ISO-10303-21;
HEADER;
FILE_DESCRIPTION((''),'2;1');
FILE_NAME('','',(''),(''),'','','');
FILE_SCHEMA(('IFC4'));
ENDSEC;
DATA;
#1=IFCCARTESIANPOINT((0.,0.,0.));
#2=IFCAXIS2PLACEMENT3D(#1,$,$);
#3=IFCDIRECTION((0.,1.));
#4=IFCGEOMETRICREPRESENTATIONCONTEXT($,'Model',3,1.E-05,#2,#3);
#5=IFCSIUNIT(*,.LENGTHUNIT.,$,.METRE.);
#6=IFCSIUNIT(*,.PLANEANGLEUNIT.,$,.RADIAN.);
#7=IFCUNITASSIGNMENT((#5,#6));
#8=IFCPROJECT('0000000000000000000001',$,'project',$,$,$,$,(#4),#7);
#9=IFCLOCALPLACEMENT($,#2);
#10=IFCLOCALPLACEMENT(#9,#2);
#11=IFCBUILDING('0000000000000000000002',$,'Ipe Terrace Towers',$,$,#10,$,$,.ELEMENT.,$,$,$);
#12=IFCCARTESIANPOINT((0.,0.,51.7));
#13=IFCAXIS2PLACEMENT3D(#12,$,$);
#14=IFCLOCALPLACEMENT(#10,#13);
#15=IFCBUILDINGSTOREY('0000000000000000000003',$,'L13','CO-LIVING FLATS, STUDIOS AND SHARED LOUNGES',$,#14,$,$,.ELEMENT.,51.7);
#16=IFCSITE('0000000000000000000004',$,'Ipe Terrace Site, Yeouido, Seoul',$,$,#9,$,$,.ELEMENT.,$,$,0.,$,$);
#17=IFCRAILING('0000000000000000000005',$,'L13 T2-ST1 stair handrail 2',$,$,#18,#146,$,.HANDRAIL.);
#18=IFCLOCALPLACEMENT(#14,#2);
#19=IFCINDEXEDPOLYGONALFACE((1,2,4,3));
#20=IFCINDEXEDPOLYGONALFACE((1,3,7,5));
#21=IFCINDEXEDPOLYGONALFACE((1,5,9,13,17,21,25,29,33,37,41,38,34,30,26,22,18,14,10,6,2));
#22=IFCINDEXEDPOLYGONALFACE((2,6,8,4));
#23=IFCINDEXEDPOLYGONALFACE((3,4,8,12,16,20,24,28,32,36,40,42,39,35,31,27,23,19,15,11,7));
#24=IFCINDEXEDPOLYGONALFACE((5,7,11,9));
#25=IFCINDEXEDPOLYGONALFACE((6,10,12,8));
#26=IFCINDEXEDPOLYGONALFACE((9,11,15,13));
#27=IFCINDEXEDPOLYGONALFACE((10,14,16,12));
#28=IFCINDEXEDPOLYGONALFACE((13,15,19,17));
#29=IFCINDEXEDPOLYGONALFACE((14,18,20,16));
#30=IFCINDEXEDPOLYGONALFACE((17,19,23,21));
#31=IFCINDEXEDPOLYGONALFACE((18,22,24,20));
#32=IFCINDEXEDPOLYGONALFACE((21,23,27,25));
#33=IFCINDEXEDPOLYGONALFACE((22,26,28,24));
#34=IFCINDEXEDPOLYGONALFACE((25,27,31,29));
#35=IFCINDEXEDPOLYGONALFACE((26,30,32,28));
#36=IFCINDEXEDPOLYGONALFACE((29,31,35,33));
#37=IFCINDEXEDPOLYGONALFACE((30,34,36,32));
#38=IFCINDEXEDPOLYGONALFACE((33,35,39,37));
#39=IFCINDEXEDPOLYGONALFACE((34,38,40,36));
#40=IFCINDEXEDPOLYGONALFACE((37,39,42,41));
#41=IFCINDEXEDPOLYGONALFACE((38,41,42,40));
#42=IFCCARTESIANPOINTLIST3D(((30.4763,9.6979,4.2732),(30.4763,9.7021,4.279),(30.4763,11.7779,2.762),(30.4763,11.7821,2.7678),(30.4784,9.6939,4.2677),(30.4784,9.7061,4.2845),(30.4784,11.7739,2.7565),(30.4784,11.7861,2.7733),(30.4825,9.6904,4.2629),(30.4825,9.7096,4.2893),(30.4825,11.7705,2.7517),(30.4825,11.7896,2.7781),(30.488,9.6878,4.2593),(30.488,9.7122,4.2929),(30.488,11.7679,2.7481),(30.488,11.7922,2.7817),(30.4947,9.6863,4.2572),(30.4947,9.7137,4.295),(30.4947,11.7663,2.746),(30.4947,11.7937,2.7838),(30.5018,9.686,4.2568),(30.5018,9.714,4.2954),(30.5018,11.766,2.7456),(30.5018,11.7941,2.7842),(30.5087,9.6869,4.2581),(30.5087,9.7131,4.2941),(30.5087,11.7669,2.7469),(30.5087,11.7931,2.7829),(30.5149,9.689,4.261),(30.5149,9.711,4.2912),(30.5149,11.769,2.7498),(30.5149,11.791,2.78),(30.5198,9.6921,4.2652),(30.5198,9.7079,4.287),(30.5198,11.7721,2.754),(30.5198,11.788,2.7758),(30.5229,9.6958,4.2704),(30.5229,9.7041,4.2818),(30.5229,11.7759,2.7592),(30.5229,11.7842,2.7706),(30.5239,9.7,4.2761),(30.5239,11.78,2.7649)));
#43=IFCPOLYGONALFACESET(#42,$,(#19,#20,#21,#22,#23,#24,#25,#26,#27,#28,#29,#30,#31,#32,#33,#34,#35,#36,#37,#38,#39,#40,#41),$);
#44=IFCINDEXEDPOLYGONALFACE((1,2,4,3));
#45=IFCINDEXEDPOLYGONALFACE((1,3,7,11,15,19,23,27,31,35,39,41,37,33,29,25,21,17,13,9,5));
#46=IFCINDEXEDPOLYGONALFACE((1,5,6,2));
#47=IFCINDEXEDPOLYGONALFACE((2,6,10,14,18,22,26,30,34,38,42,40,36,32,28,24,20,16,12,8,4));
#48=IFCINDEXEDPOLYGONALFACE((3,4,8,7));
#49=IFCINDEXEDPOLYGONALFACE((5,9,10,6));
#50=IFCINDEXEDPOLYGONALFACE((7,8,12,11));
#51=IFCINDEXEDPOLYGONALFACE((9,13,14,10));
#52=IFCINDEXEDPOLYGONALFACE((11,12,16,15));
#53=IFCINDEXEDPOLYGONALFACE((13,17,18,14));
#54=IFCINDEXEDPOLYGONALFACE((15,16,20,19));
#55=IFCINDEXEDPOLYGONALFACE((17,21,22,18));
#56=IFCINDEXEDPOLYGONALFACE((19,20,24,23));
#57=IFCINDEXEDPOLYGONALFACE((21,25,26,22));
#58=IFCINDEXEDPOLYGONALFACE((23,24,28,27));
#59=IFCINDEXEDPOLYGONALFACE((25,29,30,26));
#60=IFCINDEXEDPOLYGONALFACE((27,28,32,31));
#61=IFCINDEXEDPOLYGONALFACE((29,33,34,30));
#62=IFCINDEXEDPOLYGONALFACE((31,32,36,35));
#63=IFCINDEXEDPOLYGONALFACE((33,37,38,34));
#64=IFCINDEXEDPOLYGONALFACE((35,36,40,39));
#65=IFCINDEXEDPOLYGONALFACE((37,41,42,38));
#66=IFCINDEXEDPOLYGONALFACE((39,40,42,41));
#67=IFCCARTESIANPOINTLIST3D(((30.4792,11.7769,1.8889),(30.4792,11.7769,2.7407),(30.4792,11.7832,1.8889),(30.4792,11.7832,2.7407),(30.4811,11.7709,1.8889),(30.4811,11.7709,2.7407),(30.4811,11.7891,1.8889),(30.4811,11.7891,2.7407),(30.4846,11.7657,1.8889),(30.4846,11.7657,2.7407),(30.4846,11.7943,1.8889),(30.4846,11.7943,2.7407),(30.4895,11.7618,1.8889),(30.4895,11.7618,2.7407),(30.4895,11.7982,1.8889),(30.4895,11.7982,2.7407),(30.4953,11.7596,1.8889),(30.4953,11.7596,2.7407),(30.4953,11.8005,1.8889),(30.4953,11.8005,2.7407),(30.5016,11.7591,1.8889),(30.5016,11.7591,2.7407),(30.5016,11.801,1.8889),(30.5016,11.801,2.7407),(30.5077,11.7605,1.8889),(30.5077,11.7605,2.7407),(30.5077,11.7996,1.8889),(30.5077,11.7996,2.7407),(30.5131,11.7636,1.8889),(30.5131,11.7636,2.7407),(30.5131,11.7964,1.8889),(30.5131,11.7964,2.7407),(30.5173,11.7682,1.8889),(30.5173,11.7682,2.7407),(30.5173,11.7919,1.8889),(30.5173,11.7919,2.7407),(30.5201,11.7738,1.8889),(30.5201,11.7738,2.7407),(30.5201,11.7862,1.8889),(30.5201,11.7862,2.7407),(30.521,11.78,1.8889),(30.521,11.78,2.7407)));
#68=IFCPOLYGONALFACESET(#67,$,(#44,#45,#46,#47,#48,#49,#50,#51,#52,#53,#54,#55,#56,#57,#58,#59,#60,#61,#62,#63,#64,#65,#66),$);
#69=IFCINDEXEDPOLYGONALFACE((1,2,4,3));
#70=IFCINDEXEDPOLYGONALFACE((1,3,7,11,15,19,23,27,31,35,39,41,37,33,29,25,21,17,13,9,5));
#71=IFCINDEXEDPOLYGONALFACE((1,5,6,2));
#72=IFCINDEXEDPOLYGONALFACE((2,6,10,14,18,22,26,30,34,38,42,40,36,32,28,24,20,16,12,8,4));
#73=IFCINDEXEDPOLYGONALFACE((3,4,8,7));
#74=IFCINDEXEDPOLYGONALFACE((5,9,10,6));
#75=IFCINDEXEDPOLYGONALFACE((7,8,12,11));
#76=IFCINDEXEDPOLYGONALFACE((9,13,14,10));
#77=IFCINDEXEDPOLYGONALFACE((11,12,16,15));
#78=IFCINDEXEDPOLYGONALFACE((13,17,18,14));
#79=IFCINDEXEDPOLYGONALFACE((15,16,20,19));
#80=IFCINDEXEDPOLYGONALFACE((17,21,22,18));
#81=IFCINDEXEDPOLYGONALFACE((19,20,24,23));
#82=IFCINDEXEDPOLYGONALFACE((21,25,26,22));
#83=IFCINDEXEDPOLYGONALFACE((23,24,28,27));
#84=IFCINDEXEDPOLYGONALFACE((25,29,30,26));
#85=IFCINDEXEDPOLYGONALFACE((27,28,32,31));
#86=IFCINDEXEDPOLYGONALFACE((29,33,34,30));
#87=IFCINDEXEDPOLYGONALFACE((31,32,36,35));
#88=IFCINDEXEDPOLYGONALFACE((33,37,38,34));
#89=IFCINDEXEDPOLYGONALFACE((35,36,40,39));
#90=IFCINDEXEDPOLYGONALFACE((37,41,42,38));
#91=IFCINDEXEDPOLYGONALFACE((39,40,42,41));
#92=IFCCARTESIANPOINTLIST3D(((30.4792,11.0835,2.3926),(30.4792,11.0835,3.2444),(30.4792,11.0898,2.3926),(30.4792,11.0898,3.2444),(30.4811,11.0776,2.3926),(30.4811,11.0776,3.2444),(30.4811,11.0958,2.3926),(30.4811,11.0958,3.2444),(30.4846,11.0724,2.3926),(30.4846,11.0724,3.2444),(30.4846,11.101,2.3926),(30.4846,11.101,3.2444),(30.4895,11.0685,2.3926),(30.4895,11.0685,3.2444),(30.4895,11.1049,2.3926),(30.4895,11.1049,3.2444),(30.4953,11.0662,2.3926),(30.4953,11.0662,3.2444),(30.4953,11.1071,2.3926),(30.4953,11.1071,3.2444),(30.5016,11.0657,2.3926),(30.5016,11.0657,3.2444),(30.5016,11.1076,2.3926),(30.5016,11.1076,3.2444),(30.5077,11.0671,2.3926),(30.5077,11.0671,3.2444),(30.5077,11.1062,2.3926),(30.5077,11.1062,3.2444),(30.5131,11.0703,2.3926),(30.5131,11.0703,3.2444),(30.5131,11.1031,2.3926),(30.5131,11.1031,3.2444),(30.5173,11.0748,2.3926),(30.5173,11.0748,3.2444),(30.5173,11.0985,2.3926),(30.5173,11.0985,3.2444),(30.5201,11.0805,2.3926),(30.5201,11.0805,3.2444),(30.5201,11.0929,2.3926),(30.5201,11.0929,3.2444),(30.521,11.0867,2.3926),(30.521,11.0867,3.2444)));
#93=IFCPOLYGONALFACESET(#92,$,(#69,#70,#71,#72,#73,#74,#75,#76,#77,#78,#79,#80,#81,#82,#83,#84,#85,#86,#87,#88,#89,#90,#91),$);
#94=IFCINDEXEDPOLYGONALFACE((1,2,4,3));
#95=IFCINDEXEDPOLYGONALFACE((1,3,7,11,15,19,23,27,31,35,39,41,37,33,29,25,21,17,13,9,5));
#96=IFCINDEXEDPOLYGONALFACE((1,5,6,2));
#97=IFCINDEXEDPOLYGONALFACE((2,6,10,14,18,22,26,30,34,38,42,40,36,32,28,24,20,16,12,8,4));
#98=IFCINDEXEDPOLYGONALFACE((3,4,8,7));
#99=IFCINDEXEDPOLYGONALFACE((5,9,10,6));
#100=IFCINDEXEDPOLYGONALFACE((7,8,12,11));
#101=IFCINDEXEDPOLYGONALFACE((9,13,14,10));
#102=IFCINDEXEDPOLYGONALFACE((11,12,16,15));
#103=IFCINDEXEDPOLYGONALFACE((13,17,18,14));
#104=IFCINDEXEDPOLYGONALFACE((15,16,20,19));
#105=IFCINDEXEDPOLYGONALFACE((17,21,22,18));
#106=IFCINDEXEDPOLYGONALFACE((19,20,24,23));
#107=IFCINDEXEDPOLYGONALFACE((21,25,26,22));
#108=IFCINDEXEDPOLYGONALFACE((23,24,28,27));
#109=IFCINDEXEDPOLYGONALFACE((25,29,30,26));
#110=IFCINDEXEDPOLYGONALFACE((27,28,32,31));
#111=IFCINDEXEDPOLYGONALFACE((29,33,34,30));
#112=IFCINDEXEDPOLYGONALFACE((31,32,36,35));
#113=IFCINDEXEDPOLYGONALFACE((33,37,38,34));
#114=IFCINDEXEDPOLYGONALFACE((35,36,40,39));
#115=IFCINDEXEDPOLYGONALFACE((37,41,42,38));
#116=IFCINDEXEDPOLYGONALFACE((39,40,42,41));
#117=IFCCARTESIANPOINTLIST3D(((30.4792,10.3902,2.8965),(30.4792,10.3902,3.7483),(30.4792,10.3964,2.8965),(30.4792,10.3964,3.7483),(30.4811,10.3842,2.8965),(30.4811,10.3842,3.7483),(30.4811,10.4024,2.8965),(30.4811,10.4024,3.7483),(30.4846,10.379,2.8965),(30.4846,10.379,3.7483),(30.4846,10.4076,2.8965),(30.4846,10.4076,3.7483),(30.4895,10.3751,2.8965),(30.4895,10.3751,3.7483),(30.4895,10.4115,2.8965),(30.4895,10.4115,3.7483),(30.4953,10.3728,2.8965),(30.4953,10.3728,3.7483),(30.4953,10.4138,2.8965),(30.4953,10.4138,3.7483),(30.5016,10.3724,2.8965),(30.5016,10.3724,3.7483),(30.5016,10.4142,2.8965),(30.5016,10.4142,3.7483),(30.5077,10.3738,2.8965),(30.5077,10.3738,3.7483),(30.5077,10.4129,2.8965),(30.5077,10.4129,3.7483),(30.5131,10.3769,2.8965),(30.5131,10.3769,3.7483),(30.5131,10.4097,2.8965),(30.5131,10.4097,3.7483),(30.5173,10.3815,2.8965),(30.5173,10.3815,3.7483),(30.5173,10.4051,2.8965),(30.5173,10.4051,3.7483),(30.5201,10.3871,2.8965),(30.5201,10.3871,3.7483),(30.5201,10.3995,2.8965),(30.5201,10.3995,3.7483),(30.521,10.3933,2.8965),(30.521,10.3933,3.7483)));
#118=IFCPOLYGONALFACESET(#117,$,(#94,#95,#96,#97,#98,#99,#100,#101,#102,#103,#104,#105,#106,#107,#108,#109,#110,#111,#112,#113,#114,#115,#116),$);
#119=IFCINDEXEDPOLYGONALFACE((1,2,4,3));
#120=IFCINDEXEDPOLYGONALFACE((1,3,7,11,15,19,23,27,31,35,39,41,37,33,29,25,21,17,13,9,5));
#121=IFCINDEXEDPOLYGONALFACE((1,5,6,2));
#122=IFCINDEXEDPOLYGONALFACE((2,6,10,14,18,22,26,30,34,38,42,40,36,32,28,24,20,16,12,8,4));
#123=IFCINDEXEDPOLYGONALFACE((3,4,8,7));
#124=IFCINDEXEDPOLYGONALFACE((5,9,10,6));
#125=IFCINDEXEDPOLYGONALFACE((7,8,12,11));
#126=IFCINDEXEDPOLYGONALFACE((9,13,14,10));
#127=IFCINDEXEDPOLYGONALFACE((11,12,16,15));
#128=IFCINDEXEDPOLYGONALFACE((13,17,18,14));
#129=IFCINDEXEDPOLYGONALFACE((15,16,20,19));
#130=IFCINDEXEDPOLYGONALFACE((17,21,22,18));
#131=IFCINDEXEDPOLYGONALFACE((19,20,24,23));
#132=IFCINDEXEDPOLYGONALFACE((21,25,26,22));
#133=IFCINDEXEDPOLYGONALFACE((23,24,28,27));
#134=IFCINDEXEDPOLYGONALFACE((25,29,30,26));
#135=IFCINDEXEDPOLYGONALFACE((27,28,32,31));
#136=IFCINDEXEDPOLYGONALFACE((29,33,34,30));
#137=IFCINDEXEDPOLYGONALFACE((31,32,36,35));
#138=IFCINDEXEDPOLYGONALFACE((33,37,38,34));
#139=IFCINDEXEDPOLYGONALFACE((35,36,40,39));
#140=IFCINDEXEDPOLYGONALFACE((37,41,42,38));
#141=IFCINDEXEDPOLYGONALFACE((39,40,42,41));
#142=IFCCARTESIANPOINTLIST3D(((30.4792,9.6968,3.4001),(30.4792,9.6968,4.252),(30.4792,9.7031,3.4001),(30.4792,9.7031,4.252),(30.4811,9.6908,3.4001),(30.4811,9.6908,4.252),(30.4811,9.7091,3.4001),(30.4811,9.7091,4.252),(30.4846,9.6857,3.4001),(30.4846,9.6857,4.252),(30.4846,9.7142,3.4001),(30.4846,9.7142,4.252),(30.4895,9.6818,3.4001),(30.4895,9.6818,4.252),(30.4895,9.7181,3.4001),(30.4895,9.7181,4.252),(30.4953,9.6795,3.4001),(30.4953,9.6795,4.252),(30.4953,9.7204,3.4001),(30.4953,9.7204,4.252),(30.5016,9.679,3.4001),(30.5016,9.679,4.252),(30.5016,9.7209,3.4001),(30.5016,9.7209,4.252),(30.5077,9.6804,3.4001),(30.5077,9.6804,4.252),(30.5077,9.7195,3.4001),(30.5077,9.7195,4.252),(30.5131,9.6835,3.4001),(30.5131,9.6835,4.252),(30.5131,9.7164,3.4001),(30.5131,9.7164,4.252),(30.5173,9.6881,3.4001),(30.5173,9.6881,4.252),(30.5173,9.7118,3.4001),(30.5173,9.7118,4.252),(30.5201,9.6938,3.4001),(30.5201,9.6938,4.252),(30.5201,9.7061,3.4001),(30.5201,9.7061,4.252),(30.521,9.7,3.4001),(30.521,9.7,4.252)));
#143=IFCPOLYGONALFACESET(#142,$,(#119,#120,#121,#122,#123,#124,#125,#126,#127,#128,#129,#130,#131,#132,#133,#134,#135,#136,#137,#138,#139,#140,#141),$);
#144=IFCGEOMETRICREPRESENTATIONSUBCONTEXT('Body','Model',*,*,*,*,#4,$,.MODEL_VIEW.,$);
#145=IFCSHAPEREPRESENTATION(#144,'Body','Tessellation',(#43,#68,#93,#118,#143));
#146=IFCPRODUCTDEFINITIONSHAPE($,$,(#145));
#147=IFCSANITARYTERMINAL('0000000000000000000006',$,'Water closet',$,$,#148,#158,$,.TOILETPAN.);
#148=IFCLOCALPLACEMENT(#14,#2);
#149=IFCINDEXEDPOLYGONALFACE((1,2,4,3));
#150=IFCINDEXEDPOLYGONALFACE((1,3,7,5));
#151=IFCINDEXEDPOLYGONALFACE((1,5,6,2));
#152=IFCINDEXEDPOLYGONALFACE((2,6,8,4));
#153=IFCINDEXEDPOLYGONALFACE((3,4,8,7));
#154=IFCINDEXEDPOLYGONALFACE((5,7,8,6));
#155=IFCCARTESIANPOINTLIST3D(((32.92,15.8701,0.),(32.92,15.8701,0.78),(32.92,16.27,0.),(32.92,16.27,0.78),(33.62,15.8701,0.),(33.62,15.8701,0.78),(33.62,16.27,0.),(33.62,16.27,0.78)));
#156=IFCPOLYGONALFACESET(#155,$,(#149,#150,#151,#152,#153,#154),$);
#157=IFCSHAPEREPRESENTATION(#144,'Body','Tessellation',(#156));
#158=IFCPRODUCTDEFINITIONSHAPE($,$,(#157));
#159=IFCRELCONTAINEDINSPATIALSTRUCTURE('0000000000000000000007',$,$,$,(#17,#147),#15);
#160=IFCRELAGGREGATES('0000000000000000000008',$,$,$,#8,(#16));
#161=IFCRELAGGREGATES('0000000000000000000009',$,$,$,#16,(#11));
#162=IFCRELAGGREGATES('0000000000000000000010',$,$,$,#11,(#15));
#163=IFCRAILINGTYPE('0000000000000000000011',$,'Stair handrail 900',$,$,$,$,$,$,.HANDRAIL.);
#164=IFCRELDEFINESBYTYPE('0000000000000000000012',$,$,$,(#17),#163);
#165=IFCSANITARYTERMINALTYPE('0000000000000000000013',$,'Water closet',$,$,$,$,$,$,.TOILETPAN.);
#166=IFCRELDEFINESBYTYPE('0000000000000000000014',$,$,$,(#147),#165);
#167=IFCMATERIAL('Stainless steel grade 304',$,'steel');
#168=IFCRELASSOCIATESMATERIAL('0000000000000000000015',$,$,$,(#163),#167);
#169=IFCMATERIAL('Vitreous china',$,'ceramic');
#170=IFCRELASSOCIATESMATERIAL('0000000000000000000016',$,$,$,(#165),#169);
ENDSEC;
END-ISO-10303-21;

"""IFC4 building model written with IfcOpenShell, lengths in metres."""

from ifc_helpers import new_model, si_unit, direction, frame, origin, origin_2d, place, context, subcontext, project, spatial, rectangle, circle, extrude, material, type_object, element, save


model = new_model("IFC4")

# Units and contexts
model_context = context("Model", 3, precision=1e-05, world=origin(), true_north=direction((0.0, 1.0)))
body_context = subcontext(model_context, "Body", "Model", "MODEL_VIEW")
ifc_project = project(units=[si_unit("LENGTHUNIT", "METRE"), si_unit("PLANEANGLEUNIT", "RADIAN")], contexts=[model_context])

# Site, building, storey
site_placement = place(None, origin())
site = spatial("IfcSite", under=ifc_project, at=site_placement, Name="Ipe Terrace Site, Yeouido, Seoul", CompositionType="ELEMENT", RefElevation=0.0)
building_placement = place(site_placement, origin())
building = spatial("IfcBuilding", under=site, at=building_placement, Name="Ipe Terrace Towers", CompositionType="ELEMENT")
storey_placement = place(building_placement, frame((0.0, 0.0, 51.7)))
storey = spatial("IfcBuildingStorey", under=building, at=storey_placement, Name="L13", Description="CO-LIVING FLATS, STUDIOS AND SHARED LOUNGES", CompositionType="ELEMENT", Elevation=51.7)

# Railing
ifc_material_1 = material(Name="Stainless steel grade 304", Category="steel")
railing_type_1 = type_object("IfcRailingType", Name="Stair handrail 900", PredefinedType="HANDRAIL", material=ifc_material_1)
railing_1_placement = place(storey_placement, frame((30.5, 11.78, 1.8889)))
element("IfcRailing", 1, at=railing_1_placement, inside=storey, type_object=railing_type_1, Name="L13 T2-ST1 stair handrail 2", PredefinedType="HANDRAIL", context=body_context, shape_type="SweptSolid", body=[
    extrude(circle(Radius=0.0239, at=origin_2d()), frame((0.0, 0.0, 0.876), z_axis=(0.0, -0.809023, 0.587776), x_axis=(1.0, 0.0, 0.0)), (0.0, 0.0, 1.0), 2.571),
    extrude(circle(Radius=0.021, at=origin_2d()), origin(), (0.0, 0.0, 1.0), 0.8518),
    extrude(circle(Radius=0.021, at=origin_2d()), frame((0.0, -0.6934, 0.5037)), (0.0, 0.0, 1.0), 0.8518),
    extrude(circle(Radius=0.021, at=origin_2d()), frame((0.0, -1.3867, 1.0076)), (0.0, 0.0, 1.0), 0.8518),
    extrude(circle(Radius=0.021, at=origin_2d()), frame((0.0, -2.0801, 1.5112)), (0.0, 0.0, 1.0), 0.8518),
])

# Sanitary terminal
ifc_material_2 = material(Name="Vitreous china", Category="ceramic")
sanitary_terminal_type = type_object("IfcSanitaryTerminalType", Name="Water closet", PredefinedType="TOILETPAN", material=ifc_material_2)
sanitary_terminal_placement = place(storey_placement, frame((33.27, 16.0701, 0.0), z_axis=(0.0, 0.0, 1.0), x_axis=(1.0, 0.0, 0.0)))
element("IfcSanitaryTerminal", 2, at=sanitary_terminal_placement, inside=storey, type_object=sanitary_terminal_type, Name="Water closet", PredefinedType="TOILETPAN", context=body_context, shape_type="SweptSolid", body=[
    extrude(rectangle(XDim=0.7, YDim=0.3999, at=origin_2d()), origin(), (0.0, 0.0, 1.0), 0.78),
])

save(model, "model.ifc")
